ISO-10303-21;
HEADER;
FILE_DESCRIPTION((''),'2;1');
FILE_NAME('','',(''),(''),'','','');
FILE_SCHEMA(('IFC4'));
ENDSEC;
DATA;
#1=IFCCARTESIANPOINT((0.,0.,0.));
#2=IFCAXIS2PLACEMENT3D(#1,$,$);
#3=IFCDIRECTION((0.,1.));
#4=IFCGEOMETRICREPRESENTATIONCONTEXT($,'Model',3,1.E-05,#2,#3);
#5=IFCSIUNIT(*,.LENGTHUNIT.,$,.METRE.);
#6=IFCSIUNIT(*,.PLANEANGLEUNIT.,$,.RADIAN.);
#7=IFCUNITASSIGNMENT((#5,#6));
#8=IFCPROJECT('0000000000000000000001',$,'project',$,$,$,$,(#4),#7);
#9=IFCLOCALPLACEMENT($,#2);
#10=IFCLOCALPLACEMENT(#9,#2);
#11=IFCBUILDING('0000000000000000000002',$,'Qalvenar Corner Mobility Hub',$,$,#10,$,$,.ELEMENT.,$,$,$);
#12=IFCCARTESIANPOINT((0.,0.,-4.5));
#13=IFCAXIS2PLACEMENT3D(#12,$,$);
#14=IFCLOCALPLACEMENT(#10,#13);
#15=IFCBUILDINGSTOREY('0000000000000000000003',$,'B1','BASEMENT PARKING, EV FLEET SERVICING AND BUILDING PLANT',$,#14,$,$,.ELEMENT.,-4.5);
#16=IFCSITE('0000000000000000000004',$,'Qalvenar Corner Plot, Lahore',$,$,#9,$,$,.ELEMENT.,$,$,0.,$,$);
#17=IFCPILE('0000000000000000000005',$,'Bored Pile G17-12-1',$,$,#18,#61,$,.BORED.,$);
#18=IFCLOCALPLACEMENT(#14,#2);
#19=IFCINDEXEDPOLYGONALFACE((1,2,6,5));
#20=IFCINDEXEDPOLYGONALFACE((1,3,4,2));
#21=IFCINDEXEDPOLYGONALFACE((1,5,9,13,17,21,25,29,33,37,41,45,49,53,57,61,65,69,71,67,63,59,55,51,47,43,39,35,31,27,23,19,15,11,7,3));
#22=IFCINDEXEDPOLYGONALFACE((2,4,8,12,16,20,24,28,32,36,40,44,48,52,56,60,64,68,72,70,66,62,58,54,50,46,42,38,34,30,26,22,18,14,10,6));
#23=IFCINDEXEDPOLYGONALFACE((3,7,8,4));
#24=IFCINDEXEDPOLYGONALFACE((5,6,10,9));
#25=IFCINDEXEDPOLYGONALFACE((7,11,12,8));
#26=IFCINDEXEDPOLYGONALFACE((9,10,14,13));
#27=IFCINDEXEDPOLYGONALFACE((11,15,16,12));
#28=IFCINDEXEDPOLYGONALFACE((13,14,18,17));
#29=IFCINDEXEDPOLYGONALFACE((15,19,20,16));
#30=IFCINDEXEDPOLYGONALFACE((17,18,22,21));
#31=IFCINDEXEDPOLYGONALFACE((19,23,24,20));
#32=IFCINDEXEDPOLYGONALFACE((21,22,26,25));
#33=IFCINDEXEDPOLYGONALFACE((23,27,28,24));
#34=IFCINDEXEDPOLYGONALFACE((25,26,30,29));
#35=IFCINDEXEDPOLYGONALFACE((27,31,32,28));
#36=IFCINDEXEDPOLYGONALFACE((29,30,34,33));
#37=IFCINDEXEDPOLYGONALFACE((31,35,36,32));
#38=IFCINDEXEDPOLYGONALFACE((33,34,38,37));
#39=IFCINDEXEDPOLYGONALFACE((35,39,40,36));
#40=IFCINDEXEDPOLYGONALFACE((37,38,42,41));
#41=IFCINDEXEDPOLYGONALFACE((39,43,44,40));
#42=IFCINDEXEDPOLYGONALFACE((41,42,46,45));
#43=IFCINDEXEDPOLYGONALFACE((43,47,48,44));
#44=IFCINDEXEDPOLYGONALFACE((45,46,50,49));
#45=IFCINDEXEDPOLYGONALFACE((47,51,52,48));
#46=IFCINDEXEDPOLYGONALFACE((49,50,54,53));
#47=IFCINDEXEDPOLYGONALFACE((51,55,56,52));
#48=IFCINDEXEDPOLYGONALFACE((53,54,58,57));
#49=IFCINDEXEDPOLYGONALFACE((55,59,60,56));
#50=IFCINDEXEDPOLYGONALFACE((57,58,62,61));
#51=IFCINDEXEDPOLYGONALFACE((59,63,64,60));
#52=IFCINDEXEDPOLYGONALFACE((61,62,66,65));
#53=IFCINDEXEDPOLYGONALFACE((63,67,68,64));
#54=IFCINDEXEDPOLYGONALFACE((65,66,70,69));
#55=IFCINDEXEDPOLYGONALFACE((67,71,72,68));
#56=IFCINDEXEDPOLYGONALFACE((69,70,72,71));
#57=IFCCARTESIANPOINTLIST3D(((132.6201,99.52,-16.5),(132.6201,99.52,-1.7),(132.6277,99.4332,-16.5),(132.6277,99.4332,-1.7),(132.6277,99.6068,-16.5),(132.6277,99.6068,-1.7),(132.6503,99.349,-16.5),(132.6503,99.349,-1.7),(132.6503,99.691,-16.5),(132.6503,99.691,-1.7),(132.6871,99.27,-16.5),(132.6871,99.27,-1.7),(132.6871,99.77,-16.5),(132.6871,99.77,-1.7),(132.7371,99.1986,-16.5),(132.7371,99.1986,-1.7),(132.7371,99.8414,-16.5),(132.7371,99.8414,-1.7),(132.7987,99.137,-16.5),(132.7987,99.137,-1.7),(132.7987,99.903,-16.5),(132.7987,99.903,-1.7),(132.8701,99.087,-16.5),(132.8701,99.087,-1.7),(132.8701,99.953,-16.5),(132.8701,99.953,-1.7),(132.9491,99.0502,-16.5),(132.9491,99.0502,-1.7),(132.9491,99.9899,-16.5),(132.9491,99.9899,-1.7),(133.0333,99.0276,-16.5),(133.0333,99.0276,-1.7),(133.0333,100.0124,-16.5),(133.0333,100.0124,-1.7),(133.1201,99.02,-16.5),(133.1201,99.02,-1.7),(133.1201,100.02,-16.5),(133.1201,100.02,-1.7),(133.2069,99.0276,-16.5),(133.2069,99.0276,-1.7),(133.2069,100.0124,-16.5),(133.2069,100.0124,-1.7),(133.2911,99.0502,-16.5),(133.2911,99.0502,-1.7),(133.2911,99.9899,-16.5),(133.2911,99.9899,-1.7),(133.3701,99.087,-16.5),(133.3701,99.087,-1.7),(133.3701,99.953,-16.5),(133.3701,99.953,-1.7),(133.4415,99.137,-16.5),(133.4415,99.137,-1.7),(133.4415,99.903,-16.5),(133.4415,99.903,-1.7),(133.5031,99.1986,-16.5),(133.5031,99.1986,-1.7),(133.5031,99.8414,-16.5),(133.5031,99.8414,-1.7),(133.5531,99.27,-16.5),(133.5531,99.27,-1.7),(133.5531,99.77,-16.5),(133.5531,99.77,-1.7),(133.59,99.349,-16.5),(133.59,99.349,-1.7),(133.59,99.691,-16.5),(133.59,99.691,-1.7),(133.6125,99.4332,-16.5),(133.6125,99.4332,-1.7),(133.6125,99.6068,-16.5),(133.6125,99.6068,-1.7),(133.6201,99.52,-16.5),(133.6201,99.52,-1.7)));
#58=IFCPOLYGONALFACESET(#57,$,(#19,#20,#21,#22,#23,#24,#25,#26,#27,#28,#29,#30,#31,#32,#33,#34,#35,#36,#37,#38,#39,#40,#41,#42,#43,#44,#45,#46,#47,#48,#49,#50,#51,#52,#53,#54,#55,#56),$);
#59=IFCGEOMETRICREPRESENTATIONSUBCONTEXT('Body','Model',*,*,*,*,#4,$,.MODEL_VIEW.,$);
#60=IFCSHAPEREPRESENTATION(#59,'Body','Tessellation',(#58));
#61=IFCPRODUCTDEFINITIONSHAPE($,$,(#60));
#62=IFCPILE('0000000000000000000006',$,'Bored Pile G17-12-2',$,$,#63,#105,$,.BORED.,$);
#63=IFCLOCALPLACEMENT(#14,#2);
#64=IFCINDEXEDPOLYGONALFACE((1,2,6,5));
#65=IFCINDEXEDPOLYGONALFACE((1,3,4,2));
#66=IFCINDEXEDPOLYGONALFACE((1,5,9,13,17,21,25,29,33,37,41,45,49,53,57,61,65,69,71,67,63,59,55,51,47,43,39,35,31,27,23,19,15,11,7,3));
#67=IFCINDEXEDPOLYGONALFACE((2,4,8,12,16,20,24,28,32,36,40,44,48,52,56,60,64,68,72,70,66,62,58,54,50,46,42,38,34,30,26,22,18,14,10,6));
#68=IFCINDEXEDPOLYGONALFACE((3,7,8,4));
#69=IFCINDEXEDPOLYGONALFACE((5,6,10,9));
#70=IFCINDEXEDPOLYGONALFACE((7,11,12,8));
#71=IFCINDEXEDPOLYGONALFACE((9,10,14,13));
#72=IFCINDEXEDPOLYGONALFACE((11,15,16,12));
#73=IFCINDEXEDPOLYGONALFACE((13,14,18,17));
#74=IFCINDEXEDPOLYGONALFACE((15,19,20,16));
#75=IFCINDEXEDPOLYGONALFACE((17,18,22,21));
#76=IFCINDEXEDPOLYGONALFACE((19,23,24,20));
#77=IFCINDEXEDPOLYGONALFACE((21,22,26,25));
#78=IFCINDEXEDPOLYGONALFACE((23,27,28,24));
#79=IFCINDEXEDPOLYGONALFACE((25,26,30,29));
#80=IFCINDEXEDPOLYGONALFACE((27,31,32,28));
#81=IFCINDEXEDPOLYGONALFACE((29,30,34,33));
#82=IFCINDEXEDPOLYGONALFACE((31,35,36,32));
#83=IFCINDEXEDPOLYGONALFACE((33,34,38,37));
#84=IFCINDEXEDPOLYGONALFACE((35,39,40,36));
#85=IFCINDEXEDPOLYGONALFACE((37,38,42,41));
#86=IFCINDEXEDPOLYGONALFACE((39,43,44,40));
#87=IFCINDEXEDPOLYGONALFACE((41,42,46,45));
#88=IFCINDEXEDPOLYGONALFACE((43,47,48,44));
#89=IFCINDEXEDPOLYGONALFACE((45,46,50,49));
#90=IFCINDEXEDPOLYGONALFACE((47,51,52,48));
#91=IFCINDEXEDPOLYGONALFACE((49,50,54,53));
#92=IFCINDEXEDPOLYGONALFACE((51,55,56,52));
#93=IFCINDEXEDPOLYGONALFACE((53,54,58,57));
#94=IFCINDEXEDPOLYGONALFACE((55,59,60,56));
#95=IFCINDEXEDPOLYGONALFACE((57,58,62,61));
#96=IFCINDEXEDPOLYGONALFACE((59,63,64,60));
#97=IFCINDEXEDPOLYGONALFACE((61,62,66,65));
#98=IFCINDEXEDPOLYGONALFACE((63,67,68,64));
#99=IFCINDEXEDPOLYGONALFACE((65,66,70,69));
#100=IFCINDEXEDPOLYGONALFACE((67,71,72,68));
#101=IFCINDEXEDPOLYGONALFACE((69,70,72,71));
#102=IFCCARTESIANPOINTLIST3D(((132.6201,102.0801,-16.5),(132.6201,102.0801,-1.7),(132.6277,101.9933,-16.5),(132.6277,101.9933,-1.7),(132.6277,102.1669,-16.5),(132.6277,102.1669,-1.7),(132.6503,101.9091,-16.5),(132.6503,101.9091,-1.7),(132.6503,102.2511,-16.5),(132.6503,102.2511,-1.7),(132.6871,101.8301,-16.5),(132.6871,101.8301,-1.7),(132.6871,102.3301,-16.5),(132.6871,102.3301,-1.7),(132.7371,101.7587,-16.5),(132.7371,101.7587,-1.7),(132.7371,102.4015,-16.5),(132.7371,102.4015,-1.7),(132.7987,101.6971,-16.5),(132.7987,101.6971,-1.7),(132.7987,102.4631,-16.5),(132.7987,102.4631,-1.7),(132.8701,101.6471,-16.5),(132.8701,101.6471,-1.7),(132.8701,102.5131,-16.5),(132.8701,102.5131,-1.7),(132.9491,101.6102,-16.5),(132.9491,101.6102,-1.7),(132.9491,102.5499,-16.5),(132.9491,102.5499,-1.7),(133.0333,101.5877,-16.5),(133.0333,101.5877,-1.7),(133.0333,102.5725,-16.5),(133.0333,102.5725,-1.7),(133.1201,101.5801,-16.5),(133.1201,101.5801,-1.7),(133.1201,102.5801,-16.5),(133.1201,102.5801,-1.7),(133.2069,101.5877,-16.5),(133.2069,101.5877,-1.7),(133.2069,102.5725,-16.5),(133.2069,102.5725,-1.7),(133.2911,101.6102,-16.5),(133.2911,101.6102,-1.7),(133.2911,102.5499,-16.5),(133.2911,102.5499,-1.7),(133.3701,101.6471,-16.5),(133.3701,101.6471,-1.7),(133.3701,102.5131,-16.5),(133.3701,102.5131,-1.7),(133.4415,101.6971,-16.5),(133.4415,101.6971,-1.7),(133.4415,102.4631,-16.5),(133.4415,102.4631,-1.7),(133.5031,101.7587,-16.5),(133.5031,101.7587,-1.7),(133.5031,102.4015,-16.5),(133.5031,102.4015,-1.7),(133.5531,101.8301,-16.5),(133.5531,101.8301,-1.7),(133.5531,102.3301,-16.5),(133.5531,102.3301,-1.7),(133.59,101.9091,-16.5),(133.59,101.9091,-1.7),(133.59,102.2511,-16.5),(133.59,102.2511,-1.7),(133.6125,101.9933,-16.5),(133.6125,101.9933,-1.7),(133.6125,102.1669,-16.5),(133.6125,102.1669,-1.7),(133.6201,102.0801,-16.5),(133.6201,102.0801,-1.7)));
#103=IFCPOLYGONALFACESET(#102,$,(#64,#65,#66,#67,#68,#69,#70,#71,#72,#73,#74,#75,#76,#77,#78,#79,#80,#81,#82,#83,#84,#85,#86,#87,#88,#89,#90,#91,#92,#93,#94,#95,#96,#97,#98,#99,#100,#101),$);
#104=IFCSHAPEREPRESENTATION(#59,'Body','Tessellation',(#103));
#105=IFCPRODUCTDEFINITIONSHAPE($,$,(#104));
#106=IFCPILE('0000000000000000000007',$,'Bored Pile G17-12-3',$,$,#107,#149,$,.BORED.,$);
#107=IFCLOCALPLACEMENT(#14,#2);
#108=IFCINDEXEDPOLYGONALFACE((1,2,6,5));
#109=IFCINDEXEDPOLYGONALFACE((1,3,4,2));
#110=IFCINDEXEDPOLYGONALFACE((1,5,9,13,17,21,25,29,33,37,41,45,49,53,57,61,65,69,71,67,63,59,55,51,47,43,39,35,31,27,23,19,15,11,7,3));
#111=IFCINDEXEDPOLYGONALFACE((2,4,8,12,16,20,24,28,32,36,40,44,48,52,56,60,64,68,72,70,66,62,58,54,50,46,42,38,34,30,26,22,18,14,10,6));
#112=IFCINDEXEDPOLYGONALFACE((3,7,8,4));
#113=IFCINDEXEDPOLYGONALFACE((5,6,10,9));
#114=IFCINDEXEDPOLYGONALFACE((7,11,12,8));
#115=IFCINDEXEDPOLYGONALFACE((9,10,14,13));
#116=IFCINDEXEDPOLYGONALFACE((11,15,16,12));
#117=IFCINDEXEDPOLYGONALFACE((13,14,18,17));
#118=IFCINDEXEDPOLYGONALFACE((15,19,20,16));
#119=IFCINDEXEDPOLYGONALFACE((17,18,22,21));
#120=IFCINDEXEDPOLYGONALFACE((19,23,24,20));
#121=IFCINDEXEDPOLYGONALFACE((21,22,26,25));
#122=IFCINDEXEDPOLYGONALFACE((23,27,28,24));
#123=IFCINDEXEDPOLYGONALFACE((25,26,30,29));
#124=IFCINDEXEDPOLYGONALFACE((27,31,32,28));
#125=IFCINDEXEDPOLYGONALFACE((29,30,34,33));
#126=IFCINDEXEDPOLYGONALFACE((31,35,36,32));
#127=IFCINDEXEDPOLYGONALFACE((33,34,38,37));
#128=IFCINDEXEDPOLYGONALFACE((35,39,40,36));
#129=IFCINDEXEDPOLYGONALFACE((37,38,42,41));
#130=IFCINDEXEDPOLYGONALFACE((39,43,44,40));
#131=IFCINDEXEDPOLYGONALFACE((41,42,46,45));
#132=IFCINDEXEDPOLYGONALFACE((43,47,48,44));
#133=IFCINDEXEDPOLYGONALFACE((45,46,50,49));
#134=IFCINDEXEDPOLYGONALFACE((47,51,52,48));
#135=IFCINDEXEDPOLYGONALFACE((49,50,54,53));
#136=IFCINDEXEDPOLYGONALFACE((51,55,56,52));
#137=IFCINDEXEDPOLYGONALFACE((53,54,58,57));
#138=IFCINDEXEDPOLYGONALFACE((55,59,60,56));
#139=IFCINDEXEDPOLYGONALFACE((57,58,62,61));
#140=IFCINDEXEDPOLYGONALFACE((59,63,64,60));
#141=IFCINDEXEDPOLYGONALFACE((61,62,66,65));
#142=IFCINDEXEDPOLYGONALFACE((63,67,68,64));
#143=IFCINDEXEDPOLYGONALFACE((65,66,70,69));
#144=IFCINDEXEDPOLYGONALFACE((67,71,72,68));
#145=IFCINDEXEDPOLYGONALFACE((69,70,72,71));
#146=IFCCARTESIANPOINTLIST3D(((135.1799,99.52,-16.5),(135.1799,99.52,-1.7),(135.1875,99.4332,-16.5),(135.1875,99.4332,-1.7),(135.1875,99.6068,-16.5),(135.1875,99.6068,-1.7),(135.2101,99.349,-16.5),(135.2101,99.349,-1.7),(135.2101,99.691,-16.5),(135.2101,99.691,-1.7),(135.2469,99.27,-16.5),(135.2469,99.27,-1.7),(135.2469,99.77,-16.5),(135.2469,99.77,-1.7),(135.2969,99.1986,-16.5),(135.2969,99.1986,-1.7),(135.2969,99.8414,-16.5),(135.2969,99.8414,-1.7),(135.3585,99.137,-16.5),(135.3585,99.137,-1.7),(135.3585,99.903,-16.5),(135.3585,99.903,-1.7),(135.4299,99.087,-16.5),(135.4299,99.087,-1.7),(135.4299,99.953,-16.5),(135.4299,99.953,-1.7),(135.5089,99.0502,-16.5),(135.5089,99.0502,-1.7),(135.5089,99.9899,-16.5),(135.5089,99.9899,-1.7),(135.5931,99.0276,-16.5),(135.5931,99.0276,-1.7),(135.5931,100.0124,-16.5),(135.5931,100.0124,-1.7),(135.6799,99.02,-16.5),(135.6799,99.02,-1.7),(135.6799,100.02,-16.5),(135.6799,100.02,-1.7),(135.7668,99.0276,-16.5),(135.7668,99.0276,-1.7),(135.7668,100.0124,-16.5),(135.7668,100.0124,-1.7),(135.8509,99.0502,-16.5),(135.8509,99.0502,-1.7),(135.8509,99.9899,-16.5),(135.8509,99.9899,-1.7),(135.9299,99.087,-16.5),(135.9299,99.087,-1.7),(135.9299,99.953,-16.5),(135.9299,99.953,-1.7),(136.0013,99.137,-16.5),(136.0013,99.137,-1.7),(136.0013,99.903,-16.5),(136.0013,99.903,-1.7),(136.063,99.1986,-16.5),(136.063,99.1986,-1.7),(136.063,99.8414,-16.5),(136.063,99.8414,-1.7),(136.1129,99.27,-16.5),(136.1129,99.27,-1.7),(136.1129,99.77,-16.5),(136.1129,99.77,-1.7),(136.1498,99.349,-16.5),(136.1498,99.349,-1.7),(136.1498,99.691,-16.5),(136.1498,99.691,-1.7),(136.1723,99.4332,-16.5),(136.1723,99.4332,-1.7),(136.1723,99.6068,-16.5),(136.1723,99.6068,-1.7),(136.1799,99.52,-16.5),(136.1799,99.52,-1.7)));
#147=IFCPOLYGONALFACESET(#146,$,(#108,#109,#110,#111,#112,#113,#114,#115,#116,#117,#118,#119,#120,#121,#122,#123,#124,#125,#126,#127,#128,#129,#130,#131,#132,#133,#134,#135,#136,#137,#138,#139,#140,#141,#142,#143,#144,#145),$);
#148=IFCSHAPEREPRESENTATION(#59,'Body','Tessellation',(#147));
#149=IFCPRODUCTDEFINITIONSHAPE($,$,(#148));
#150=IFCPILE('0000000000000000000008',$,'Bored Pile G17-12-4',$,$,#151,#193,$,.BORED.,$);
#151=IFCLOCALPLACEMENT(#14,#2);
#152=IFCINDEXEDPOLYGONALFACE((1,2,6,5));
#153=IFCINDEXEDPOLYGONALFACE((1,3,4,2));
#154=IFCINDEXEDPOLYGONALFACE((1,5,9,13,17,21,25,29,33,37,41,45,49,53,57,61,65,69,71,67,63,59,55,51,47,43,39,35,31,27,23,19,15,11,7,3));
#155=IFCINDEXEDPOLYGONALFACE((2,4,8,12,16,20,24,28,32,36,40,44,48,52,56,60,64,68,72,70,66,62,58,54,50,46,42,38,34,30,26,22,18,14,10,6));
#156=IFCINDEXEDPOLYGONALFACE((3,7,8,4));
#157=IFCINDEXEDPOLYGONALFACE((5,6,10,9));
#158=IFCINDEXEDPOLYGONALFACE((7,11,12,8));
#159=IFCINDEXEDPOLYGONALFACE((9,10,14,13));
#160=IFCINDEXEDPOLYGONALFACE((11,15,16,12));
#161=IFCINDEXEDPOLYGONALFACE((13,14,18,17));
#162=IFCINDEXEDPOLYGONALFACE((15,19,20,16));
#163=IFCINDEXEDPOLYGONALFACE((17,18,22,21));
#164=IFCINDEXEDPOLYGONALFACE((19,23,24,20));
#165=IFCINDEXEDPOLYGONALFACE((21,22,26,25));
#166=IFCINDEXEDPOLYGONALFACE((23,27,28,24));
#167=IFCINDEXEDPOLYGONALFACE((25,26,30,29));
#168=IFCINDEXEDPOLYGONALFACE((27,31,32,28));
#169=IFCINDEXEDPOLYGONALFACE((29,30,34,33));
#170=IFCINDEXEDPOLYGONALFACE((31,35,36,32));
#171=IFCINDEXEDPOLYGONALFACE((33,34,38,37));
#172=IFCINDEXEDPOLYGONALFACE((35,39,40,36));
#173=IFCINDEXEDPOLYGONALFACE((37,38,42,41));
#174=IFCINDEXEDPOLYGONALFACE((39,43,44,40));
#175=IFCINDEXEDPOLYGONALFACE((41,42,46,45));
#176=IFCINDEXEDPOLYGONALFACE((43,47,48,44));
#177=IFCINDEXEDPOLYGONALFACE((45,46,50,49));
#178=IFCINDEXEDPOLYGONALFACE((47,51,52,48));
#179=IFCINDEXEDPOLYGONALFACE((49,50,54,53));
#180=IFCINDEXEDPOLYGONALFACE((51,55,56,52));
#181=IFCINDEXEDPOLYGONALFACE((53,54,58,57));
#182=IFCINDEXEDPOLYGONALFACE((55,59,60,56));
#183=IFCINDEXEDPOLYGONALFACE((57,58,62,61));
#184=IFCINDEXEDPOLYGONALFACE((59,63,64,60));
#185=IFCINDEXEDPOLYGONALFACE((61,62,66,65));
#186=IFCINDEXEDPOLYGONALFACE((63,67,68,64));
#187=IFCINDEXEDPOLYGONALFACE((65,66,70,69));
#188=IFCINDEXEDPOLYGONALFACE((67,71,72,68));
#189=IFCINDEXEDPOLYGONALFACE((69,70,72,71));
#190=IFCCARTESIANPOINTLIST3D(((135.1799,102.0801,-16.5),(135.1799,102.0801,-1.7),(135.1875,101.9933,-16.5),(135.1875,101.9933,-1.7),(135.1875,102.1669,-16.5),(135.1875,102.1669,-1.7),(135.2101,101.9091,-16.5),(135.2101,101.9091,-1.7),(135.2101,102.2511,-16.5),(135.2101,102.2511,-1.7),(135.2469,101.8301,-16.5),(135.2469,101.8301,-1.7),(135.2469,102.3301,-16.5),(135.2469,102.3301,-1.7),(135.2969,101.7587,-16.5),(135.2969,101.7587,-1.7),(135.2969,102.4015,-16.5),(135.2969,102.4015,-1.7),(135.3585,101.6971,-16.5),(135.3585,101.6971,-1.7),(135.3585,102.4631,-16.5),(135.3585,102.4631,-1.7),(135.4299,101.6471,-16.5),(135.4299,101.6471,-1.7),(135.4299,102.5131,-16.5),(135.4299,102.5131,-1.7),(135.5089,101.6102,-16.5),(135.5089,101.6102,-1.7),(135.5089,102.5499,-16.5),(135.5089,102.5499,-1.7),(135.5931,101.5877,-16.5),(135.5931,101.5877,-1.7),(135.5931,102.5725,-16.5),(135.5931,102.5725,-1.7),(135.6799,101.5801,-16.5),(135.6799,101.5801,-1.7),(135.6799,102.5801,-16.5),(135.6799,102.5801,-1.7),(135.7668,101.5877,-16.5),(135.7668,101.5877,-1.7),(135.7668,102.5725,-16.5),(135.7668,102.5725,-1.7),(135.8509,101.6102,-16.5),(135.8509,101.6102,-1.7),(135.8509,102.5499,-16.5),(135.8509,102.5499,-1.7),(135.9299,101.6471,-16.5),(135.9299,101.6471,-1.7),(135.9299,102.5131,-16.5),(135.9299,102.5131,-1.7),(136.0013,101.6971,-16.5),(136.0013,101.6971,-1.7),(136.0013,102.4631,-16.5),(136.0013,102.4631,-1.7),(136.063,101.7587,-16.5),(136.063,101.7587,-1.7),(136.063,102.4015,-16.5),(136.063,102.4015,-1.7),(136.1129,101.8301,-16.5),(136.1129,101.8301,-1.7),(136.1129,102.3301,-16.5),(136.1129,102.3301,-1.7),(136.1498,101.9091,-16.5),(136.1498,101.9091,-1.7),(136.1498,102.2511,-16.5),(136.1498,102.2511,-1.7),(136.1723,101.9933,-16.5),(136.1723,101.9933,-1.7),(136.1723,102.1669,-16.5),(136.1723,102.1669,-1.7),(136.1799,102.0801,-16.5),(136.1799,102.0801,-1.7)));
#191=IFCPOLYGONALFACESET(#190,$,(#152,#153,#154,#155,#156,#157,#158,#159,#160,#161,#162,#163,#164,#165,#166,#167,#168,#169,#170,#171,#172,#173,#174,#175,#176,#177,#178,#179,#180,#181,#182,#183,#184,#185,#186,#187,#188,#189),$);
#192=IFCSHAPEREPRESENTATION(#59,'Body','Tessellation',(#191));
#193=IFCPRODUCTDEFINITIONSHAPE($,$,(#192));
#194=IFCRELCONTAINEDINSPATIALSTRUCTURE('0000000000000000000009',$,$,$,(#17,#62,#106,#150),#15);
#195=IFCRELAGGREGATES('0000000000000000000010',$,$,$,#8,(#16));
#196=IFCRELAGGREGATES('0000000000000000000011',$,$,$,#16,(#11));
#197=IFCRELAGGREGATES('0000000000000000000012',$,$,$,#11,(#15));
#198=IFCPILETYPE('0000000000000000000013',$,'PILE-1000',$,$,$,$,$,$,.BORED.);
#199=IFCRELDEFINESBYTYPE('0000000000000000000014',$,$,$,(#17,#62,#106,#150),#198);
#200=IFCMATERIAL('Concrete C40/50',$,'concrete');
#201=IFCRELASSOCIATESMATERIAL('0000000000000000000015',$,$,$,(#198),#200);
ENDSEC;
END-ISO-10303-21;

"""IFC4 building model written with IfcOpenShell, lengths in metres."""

from ifc_helpers import new_model, si_unit, direction, frame, origin, origin_2d, place, context, subcontext, project, spatial, circle, extrude, material, material_profile, profile_set, type_object, element, save


model = new_model("IFC4")

# Units and contexts
model_context = context("Model", 3, precision=1e-05, world=origin(), true_north=direction((0.0, 1.0)))
body_context = subcontext(model_context, "Body", "Model", "MODEL_VIEW")
ifc_project = project(units=[si_unit("LENGTHUNIT", "METRE"), si_unit("PLANEANGLEUNIT", "RADIAN")], contexts=[model_context])

# Site, building, storey
site_placement = place(None, origin())
site = spatial("IfcSite", under=ifc_project, at=site_placement, Name="Qalvenar Corner Plot, Lahore", CompositionType="ELEMENT", RefElevation=0.0)
building_placement = place(site_placement, origin())
building = spatial("IfcBuilding", under=site, at=building_placement, Name="Qalvenar Corner Mobility Hub", CompositionType="ELEMENT")
storey_placement = place(building_placement, frame((0.0, 0.0, -4.5)))
storey = spatial("IfcBuildingStorey", under=building, at=storey_placement, Name="B1", Description="BASEMENT PARKING, EV FLEET SERVICING AND BUILDING PLANT", CompositionType="ELEMENT", Elevation=-4.5)

# Shared definitions
ifc_material_1 = material(Name="Concrete C40/50", Category="concrete")

# Piles
ifc_material_profile_1 = material_profile(ifc_material_1, circle(Radius=0.5, at=origin_2d()), Name="DIA1000")
ifc_profile_set_1 = profile_set([ifc_material_profile_1], Name="Concrete C40/50")
pile_type = type_object("IfcPileType", Name="PILE-1000", PredefinedType="BORED", material=ifc_profile_set_1)
for number, where, z_axis, x_axis, name in (
    (1, (133.1201, 99.52, -1.7), (0.0, 0.0, -1.0), (1.0, 0.0, 0.0), "Bored Pile G17-12-1"),
    (2, (133.1201, 102.0801, -1.7), (0.0, 0.0, -1.0), (1.0, 0.0, 0.0), "Bored Pile G17-12-2"),
    (3, (135.6799, 99.52, -1.7), (0.0, 0.0, -1.0), (1.0, 0.0, 0.0), "Bored Pile G17-12-3"),
    (4, (135.6799, 102.0801, -1.7), (0.0, 0.0, -1.0), (1.0, 0.0, 0.0), "Bored Pile G17-12-4"),
):
    element("IfcPile", number, at=place(storey_placement, frame(where, z_axis=z_axis, x_axis=x_axis)), inside=storey, type_object=pile_type, Name=name, PredefinedType="BORED", context=body_context, shape_type="SweptSolid", body=[
        extrude(circle(Radius=0.5, at=origin_2d()), origin(), (0.0, 0.0, 1.0), 14.8),
    ])

save(model, "model.ifc")
